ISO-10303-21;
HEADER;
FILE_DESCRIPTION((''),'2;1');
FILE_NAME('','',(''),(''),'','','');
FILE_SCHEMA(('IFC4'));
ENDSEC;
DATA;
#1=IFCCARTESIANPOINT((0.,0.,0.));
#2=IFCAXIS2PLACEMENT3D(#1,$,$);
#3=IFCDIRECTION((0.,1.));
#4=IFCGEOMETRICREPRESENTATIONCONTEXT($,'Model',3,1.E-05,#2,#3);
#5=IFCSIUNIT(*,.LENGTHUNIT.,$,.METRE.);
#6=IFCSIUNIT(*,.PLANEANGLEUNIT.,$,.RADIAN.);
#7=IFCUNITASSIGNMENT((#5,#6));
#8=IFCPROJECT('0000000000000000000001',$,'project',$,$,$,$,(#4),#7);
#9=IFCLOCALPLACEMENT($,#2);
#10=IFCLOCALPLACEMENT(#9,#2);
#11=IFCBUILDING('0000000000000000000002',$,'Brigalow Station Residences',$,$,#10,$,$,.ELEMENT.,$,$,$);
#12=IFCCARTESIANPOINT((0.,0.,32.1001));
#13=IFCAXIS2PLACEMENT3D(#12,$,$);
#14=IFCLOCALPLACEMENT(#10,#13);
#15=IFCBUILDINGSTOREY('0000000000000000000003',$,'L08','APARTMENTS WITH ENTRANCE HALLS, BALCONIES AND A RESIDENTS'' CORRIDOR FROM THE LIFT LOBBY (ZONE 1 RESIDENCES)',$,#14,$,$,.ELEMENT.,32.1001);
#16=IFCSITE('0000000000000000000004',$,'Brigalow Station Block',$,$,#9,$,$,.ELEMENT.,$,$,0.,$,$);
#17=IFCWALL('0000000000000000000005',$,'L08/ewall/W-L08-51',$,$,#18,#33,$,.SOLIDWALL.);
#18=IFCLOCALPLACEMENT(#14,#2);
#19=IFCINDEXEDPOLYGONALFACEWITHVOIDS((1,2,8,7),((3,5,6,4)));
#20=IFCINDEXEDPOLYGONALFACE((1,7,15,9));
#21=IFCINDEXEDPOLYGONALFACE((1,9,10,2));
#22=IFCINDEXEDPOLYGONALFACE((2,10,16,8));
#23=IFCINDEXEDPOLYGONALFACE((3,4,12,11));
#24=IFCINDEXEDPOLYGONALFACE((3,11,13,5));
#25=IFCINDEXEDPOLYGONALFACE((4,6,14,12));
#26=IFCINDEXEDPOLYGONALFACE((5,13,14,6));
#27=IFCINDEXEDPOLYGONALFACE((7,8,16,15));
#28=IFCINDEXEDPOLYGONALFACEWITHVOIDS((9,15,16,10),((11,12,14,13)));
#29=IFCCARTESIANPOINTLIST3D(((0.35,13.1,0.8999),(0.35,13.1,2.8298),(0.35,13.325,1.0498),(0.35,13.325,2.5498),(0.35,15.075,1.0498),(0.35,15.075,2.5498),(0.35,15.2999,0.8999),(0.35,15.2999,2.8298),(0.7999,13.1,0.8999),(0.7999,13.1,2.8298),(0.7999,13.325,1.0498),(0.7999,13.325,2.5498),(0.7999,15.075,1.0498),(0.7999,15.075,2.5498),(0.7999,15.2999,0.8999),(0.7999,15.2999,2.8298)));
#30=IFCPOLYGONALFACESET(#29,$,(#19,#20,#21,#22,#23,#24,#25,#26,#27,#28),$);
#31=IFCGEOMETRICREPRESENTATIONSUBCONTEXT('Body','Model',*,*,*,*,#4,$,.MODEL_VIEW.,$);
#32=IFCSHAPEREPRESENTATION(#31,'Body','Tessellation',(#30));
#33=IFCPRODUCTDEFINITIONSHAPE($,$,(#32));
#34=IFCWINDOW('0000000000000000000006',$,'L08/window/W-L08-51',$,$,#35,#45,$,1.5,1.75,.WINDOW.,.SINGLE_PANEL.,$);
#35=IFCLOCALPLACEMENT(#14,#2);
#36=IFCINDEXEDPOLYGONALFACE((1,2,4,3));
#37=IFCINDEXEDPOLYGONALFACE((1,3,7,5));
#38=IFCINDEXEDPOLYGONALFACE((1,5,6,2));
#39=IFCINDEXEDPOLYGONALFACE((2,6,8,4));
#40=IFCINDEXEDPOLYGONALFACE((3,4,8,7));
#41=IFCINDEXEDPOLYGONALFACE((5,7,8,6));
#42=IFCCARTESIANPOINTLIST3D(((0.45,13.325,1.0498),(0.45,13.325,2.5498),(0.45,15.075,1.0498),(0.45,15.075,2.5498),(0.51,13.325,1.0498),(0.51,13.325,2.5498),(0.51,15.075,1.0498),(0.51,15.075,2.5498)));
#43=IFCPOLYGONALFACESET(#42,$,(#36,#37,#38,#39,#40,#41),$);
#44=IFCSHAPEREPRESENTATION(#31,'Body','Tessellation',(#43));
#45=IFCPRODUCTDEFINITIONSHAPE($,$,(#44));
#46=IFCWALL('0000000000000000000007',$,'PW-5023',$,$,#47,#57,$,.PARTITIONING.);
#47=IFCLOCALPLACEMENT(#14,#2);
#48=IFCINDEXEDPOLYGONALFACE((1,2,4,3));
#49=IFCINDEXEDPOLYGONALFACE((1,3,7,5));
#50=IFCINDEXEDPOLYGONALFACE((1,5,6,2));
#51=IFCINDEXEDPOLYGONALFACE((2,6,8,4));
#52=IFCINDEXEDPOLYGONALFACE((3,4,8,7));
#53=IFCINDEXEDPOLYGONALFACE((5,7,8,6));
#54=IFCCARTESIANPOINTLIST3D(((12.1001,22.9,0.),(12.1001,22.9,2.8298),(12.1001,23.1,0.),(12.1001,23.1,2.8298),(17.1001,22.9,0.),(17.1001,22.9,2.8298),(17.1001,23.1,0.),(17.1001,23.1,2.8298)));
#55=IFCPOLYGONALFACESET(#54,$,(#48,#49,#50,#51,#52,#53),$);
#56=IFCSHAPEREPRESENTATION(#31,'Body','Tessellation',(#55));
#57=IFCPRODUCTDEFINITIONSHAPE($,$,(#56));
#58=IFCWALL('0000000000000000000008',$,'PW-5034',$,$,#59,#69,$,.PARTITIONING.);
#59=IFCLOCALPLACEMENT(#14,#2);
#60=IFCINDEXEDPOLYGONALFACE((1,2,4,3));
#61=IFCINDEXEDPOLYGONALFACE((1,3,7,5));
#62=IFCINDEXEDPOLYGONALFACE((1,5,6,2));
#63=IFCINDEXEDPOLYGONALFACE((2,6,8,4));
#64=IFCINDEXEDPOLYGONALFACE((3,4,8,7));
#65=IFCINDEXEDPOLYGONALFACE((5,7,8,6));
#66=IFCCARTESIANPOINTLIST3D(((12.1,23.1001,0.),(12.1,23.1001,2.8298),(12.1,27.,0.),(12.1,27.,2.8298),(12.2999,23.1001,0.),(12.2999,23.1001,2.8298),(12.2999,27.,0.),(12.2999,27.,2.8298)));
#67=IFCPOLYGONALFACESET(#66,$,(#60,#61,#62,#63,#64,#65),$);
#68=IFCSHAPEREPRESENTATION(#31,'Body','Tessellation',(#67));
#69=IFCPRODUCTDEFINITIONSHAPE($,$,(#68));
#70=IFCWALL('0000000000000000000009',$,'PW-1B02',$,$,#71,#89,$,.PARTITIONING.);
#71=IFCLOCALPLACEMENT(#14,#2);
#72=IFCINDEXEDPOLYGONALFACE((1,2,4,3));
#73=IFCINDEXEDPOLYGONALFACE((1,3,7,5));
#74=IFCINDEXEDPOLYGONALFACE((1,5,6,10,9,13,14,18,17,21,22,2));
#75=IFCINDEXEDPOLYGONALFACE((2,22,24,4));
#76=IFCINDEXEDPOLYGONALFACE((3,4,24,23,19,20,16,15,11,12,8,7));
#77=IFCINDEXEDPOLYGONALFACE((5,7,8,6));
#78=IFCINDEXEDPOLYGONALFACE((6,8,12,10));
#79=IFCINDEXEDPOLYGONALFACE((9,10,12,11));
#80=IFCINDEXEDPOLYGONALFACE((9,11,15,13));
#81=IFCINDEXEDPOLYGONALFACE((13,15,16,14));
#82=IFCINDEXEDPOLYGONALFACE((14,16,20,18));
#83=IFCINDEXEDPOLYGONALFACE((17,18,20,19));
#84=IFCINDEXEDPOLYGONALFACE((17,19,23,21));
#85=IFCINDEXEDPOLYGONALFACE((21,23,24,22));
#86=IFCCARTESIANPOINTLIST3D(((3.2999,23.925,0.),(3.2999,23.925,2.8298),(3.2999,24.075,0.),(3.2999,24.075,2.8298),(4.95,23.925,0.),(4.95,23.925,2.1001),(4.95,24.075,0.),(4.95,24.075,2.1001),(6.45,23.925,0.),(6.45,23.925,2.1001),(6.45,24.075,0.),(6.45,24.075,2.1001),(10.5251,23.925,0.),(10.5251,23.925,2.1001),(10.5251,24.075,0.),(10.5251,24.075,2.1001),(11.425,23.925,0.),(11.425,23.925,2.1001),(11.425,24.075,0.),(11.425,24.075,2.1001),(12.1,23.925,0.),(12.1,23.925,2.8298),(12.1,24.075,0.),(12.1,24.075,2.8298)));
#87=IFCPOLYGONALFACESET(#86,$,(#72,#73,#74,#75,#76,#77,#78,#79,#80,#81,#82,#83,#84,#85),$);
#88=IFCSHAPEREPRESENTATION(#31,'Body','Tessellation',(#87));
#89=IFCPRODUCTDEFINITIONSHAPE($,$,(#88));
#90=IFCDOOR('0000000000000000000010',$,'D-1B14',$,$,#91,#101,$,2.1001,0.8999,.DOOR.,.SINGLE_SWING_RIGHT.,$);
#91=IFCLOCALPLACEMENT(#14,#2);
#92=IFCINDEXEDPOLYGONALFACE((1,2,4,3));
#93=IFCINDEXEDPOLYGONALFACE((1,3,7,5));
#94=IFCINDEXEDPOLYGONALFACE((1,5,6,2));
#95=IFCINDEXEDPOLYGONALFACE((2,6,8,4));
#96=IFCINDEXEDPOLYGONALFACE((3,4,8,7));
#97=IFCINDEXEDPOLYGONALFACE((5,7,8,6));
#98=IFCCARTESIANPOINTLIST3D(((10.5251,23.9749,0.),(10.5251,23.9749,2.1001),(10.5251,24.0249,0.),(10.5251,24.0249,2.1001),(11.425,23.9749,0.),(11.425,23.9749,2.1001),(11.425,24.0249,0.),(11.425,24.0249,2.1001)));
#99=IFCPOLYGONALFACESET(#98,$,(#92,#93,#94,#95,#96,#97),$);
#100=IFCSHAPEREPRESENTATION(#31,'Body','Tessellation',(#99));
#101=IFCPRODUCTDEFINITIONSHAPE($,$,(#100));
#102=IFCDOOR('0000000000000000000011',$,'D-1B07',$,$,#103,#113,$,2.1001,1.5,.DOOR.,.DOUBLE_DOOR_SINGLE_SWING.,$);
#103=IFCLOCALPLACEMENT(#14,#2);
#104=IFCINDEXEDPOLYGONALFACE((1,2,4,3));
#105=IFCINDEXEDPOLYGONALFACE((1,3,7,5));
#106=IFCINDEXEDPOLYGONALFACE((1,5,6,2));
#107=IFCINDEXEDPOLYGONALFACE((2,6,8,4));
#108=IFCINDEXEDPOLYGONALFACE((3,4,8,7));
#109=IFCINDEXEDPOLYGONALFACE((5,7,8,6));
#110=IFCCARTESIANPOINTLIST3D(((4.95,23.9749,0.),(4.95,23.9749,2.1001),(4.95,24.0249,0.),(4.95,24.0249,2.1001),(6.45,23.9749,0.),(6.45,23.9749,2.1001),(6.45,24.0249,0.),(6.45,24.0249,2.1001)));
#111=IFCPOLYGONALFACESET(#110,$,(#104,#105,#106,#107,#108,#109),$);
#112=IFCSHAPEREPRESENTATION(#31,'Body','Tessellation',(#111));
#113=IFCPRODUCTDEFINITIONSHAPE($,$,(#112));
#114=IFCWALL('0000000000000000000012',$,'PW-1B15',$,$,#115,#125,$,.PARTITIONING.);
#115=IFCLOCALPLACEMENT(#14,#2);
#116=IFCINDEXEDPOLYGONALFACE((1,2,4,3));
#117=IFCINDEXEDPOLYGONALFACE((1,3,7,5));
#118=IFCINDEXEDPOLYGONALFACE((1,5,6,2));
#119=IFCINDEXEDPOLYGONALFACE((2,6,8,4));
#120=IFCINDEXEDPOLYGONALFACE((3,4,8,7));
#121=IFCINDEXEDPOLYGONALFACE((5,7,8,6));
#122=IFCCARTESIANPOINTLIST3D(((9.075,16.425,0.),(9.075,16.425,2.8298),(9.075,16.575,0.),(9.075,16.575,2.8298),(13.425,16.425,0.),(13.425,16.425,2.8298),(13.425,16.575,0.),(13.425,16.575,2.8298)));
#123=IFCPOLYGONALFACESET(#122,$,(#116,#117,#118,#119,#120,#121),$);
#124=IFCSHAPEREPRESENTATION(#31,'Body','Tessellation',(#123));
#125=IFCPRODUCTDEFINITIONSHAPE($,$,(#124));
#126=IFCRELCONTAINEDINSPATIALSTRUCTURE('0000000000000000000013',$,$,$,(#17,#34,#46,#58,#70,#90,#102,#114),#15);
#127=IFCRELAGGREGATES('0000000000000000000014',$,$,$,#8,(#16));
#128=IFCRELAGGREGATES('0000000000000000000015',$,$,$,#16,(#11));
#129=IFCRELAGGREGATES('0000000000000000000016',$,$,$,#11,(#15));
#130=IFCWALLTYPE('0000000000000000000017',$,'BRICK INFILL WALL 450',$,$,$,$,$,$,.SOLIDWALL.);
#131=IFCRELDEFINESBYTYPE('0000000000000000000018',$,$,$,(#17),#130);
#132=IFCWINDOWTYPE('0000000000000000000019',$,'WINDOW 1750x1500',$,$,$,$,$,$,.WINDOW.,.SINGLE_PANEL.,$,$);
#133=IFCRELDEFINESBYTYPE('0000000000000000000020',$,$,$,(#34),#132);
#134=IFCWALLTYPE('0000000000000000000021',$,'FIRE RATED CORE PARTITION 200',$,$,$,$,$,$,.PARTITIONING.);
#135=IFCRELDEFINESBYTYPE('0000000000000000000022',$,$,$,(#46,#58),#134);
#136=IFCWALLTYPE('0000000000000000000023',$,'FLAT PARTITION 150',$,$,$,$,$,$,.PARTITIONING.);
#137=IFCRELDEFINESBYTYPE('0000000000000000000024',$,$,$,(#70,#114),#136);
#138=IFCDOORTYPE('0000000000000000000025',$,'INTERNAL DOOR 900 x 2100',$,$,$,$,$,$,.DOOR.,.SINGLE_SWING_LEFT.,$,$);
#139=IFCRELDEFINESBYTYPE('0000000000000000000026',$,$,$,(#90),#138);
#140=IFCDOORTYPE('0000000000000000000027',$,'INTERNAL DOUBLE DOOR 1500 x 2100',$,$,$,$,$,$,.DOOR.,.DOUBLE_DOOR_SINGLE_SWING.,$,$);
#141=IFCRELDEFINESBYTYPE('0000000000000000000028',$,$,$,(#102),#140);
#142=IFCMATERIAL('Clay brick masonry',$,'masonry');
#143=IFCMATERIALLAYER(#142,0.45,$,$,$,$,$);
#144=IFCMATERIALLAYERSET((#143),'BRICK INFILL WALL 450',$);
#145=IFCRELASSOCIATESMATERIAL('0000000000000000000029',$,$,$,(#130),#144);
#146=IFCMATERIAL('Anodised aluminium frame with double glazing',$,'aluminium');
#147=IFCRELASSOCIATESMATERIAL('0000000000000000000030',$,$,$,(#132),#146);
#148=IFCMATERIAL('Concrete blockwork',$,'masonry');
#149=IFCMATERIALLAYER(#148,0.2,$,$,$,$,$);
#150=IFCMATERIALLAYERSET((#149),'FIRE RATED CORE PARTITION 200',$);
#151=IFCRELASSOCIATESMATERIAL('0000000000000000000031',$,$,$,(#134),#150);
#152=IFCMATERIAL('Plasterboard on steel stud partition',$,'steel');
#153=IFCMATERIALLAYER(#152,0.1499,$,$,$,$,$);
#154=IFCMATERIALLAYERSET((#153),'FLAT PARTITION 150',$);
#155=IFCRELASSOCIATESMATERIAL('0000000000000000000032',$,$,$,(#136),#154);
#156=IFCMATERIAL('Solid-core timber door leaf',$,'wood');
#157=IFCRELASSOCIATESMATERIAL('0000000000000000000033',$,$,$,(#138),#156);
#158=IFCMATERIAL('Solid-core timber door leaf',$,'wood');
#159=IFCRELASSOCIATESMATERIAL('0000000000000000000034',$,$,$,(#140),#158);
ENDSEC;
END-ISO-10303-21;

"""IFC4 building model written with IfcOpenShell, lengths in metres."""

from ifc_helpers import new_model, si_unit, direction, frame, frame_2d, origin, place, context, subcontext, project, spatial, rectangle, extrude, material, layer, layer_set, type_object, element, fill, save


model = new_model("IFC4")

# Units and contexts
model_context = context("Model", 3, precision=1e-05, world=origin(), true_north=direction((0.0, 1.0)))
body_context = subcontext(model_context, "Body", "Model", "MODEL_VIEW")
ifc_project = project(units=[si_unit("LENGTHUNIT", "METRE"), si_unit("PLANEANGLEUNIT", "RADIAN")], contexts=[model_context])

# Site, building, storey
site_placement = place(None, origin())
site = spatial("IfcSite", under=ifc_project, at=site_placement, Name="Brigalow Station Block", CompositionType="ELEMENT", RefElevation=0.0)
building_placement = place(site_placement, origin())
building = spatial("IfcBuilding", under=site, at=building_placement, Name="Brigalow Station Residences", CompositionType="ELEMENT")
storey_placement = place(building_placement, frame((0.0, 0.0, 32.1001)))
storey = spatial("IfcBuildingStorey", under=building, at=storey_placement, Name="L08", Description="APARTMENTS WITH ENTRANCE HALLS, BALCONIES AND A RESIDENTS' CORRIDOR FROM THE LIFT LOBBY (ZONE 1 RESIDENCES)", CompositionType="ELEMENT", Elevation=32.1001)

# Shared definitions
ifc_material_1 = material(Name="Clay brick masonry", Category="masonry")
ifc_layer_1 = layer(ifc_material_1, 0.45)
ifc_layer_set_1 = layer_set([ifc_layer_1], Name="BRICK INFILL WALL 450")
wall_type_1 = type_object("IfcWallType", Name="BRICK INFILL WALL 450", PredefinedType="SOLIDWALL", material=ifc_layer_set_1)

# Wall, opening, window
wall_1_placement = place(storey_placement, frame((0.575, 15.3, 0.8999), z_axis=(0.0, 0.0, 1.0), x_axis=(0.0, -1.0, 0.0)))
wall_1 = element("IfcWall", 1, at=wall_1_placement, inside=storey, type_object=wall_type_1, Name="L08/ewall/W-L08-51", PredefinedType="SOLIDWALL", context=body_context, shape_type="SweptSolid", body=[
    extrude(rectangle(XDim=2.2, YDim=0.45, at=frame_2d((1.1001, 0.0))), origin(), (0.0, 0.0, 1.0), 1.9299),
])
opening_1_placement = place(wall_1_placement, frame((0.2251, 0.0, 0.1499)))
opening_1 = element("IfcOpeningElement", 2, at=opening_1_placement, cuts=wall_1, PredefinedType="OPENING", context=body_context, shape_type="SweptSolid", body=[
    extrude(rectangle(XDim=1.75, YDim=1.5, at=frame_2d((0.875, 0.75))), frame((0.0, 0.2349, 0.0), z_axis=(0.0, -1.0, 0.0), x_axis=(1.0, 0.0, 0.0)), (0.0, 0.0, 1.0), 0.47),
])
ifc_material_2 = material(Name="Anodised aluminium frame with double glazing", Category="aluminium")
window_type = type_object("IfcWindowType", Name="WINDOW 1750x1500", PartitioningType="SINGLE_PANEL", PredefinedType="WINDOW", material=ifc_material_2)
window_placement = place(opening_1_placement, origin())
window = element("IfcWindow", 3, at=window_placement, inside=storey, type_object=window_type, Name="L08/window/W-L08-51", OverallHeight=1.5, OverallWidth=1.75, PartitioningType="SINGLE_PANEL", PredefinedType="WINDOW", context=body_context, shape_type="SweptSolid", body=[
    extrude(rectangle(XDim=1.75, YDim=1.5, at=frame_2d((0.875, 0.75))), frame((0.0, -0.0649, 0.0), z_axis=(0.0, -1.0, 0.0), x_axis=(1.0, 0.0, 0.0)), (0.0, 0.0, 1.0), 0.0601),
])
fill(opening_1, window)

# Walls
ifc_material_3 = material(Name="Concrete blockwork", Category="masonry")
ifc_layer_2 = layer(ifc_material_3, 0.2)
ifc_layer_set_2 = layer_set([ifc_layer_2], Name="FIRE RATED CORE PARTITION 200")
wall_type_2 = type_object("IfcWallType", Name="FIRE RATED CORE PARTITION 200", PredefinedType="PARTITIONING", material=ifc_layer_set_2)
wall_2_placement = place(storey_placement, frame((12.1001, 23.0, 0.0), z_axis=(0.0, 0.0, 1.0), x_axis=(1.0, 0.0, 0.0)))
element("IfcWall", 4, at=wall_2_placement, inside=storey, type_object=wall_type_2, Name="PW-5023", PredefinedType="PARTITIONING", context=body_context, shape_type="SweptSolid", body=[
    extrude(rectangle(XDim=5.0, YDim=0.2, at=frame_2d((2.5, 0.0))), origin(), (0.0, 0.0, 1.0), 2.8298),
])
wall_3_placement = place(storey_placement, frame((12.2, 23.1001, 0.0), z_axis=(0.0, 0.0, 1.0), x_axis=(0.0, 1.0, 0.0)))
element("IfcWall", 5, at=wall_3_placement, inside=storey, type_object=wall_type_2, Name="PW-5034", PredefinedType="PARTITIONING", context=body_context, shape_type="SweptSolid", body=[
    extrude(rectangle(XDim=3.8999, YDim=0.2, at=frame_2d((1.95, 0.0))), origin(), (0.0, 0.0, 1.0), 2.8298),
])

# Wall, openings, doors
ifc_material_4 = material(Name="Plasterboard on steel stud partition", Category="steel")
ifc_layer_3 = layer(ifc_material_4, 0.1499)
ifc_layer_set_3 = layer_set([ifc_layer_3], Name="FLAT PARTITION 150")
wall_type_3 = type_object("IfcWallType", Name="FLAT PARTITION 150", PredefinedType="PARTITIONING", material=ifc_layer_set_3)
wall_4_placement = place(storey_placement, frame((3.3, 24.0, 0.0), z_axis=(0.0, 0.0, 1.0), x_axis=(1.0, 0.0, 0.0)))
wall_4 = element("IfcWall", 6, at=wall_4_placement, inside=storey, type_object=wall_type_3, Name="PW-1B02", PredefinedType="PARTITIONING", context=body_context, shape_type="SweptSolid", body=[
    extrude(rectangle(XDim=8.8, YDim=0.1499, at=frame_2d((4.3999, 0.0))), origin(), (0.0, 0.0, 1.0), 2.8298),
])
opening_2_placement = place(wall_4_placement, frame((1.6499, 0.0, 0.0)))
opening_2 = element("IfcOpeningElement", 7, at=opening_2_placement, cuts=wall_4, PredefinedType="OPENING", context=body_context, shape_type="SweptSolid", body=[
    extrude(rectangle(XDim=1.5, YDim=2.1001, at=frame_2d((0.75, 1.05))), frame((0.0, 0.085, 0.0), z_axis=(0.0, -1.0, 0.0), x_axis=(1.0, 0.0, 0.0)), (0.0, 0.0, 1.0), 0.1699),
])
opening_3_placement = place(wall_4_placement, frame((7.2251, 0.0, 0.0)))
opening_3 = element("IfcOpeningElement", 8, at=opening_3_placement, cuts=wall_4, PredefinedType="OPENING", context=body_context, shape_type="SweptSolid", body=[
    extrude(rectangle(XDim=0.8999, YDim=2.1001, at=frame_2d((0.45, 1.05))), frame((0.0, 0.085, 0.0), z_axis=(0.0, -1.0, 0.0), x_axis=(1.0, 0.0, 0.0)), (0.0, 0.0, 1.0), 0.1699),
])
ifc_material_5 = material(Name="Solid-core timber door leaf", Category="wood")
door_type_1 = type_object("IfcDoorType", Name="INTERNAL DOOR 900 x 2100", OperationType="SINGLE_SWING_LEFT", PredefinedType="DOOR", material=ifc_material_5)
door_1_placement = place(opening_3_placement, origin())
door_1 = element("IfcDoor", 9, at=door_1_placement, inside=storey, type_object=door_type_1, Name="D-1B14", OperationType="SINGLE_SWING_RIGHT", OverallHeight=2.1001, OverallWidth=0.8999, PredefinedType="DOOR", context=body_context, shape_type="SweptSolid", body=[
    extrude(rectangle(XDim=0.8999, YDim=2.1001, at=frame_2d((0.45, 1.05))), frame((0.0, 0.0249, 0.0), z_axis=(0.0, -1.0, 0.0), x_axis=(1.0, 0.0, 0.0)), (0.0, 0.0, 1.0), 0.05),
])
fill(opening_3, door_1)
ifc_material_6 = material(Name="Solid-core timber door leaf", Category="wood")
door_type_2 = type_object("IfcDoorType", Name="INTERNAL DOUBLE DOOR 1500 x 2100", OperationType="DOUBLE_DOOR_SINGLE_SWING", PredefinedType="DOOR", material=ifc_material_6)
door_2_placement = place(opening_2_placement, origin())
door_2 = element("IfcDoor", 10, at=door_2_placement, inside=storey, type_object=door_type_2, Name="D-1B07", OperationType="DOUBLE_DOOR_SINGLE_SWING", OverallHeight=2.1001, OverallWidth=1.5, PredefinedType="DOOR", context=body_context, shape_type="SweptSolid", body=[
    extrude(rectangle(XDim=1.5, YDim=2.1001, at=frame_2d((0.75, 1.05))), frame((0.0, 0.0249, 0.0), z_axis=(0.0, -1.0, 0.0), x_axis=(1.0, 0.0, 0.0)), (0.0, 0.0, 1.0), 0.05),
])
fill(opening_2, door_2)

# Wall
wall_5_placement = place(storey_placement, frame((9.075, 16.5, 0.0), z_axis=(0.0, 0.0, 1.0), x_axis=(1.0, 0.0, 0.0)))
element("IfcWall", 11, at=wall_5_placement, inside=storey, type_object=wall_type_3, Name="PW-1B15", PredefinedType="PARTITIONING", context=body_context, shape_type="SweptSolid", body=[
    extrude(rectangle(XDim=4.3501, YDim=0.1499, at=frame_2d((2.175, 0.0))), origin(), (0.0, 0.0, 1.0), 2.8298),
])

save(model, "model.ifc")
